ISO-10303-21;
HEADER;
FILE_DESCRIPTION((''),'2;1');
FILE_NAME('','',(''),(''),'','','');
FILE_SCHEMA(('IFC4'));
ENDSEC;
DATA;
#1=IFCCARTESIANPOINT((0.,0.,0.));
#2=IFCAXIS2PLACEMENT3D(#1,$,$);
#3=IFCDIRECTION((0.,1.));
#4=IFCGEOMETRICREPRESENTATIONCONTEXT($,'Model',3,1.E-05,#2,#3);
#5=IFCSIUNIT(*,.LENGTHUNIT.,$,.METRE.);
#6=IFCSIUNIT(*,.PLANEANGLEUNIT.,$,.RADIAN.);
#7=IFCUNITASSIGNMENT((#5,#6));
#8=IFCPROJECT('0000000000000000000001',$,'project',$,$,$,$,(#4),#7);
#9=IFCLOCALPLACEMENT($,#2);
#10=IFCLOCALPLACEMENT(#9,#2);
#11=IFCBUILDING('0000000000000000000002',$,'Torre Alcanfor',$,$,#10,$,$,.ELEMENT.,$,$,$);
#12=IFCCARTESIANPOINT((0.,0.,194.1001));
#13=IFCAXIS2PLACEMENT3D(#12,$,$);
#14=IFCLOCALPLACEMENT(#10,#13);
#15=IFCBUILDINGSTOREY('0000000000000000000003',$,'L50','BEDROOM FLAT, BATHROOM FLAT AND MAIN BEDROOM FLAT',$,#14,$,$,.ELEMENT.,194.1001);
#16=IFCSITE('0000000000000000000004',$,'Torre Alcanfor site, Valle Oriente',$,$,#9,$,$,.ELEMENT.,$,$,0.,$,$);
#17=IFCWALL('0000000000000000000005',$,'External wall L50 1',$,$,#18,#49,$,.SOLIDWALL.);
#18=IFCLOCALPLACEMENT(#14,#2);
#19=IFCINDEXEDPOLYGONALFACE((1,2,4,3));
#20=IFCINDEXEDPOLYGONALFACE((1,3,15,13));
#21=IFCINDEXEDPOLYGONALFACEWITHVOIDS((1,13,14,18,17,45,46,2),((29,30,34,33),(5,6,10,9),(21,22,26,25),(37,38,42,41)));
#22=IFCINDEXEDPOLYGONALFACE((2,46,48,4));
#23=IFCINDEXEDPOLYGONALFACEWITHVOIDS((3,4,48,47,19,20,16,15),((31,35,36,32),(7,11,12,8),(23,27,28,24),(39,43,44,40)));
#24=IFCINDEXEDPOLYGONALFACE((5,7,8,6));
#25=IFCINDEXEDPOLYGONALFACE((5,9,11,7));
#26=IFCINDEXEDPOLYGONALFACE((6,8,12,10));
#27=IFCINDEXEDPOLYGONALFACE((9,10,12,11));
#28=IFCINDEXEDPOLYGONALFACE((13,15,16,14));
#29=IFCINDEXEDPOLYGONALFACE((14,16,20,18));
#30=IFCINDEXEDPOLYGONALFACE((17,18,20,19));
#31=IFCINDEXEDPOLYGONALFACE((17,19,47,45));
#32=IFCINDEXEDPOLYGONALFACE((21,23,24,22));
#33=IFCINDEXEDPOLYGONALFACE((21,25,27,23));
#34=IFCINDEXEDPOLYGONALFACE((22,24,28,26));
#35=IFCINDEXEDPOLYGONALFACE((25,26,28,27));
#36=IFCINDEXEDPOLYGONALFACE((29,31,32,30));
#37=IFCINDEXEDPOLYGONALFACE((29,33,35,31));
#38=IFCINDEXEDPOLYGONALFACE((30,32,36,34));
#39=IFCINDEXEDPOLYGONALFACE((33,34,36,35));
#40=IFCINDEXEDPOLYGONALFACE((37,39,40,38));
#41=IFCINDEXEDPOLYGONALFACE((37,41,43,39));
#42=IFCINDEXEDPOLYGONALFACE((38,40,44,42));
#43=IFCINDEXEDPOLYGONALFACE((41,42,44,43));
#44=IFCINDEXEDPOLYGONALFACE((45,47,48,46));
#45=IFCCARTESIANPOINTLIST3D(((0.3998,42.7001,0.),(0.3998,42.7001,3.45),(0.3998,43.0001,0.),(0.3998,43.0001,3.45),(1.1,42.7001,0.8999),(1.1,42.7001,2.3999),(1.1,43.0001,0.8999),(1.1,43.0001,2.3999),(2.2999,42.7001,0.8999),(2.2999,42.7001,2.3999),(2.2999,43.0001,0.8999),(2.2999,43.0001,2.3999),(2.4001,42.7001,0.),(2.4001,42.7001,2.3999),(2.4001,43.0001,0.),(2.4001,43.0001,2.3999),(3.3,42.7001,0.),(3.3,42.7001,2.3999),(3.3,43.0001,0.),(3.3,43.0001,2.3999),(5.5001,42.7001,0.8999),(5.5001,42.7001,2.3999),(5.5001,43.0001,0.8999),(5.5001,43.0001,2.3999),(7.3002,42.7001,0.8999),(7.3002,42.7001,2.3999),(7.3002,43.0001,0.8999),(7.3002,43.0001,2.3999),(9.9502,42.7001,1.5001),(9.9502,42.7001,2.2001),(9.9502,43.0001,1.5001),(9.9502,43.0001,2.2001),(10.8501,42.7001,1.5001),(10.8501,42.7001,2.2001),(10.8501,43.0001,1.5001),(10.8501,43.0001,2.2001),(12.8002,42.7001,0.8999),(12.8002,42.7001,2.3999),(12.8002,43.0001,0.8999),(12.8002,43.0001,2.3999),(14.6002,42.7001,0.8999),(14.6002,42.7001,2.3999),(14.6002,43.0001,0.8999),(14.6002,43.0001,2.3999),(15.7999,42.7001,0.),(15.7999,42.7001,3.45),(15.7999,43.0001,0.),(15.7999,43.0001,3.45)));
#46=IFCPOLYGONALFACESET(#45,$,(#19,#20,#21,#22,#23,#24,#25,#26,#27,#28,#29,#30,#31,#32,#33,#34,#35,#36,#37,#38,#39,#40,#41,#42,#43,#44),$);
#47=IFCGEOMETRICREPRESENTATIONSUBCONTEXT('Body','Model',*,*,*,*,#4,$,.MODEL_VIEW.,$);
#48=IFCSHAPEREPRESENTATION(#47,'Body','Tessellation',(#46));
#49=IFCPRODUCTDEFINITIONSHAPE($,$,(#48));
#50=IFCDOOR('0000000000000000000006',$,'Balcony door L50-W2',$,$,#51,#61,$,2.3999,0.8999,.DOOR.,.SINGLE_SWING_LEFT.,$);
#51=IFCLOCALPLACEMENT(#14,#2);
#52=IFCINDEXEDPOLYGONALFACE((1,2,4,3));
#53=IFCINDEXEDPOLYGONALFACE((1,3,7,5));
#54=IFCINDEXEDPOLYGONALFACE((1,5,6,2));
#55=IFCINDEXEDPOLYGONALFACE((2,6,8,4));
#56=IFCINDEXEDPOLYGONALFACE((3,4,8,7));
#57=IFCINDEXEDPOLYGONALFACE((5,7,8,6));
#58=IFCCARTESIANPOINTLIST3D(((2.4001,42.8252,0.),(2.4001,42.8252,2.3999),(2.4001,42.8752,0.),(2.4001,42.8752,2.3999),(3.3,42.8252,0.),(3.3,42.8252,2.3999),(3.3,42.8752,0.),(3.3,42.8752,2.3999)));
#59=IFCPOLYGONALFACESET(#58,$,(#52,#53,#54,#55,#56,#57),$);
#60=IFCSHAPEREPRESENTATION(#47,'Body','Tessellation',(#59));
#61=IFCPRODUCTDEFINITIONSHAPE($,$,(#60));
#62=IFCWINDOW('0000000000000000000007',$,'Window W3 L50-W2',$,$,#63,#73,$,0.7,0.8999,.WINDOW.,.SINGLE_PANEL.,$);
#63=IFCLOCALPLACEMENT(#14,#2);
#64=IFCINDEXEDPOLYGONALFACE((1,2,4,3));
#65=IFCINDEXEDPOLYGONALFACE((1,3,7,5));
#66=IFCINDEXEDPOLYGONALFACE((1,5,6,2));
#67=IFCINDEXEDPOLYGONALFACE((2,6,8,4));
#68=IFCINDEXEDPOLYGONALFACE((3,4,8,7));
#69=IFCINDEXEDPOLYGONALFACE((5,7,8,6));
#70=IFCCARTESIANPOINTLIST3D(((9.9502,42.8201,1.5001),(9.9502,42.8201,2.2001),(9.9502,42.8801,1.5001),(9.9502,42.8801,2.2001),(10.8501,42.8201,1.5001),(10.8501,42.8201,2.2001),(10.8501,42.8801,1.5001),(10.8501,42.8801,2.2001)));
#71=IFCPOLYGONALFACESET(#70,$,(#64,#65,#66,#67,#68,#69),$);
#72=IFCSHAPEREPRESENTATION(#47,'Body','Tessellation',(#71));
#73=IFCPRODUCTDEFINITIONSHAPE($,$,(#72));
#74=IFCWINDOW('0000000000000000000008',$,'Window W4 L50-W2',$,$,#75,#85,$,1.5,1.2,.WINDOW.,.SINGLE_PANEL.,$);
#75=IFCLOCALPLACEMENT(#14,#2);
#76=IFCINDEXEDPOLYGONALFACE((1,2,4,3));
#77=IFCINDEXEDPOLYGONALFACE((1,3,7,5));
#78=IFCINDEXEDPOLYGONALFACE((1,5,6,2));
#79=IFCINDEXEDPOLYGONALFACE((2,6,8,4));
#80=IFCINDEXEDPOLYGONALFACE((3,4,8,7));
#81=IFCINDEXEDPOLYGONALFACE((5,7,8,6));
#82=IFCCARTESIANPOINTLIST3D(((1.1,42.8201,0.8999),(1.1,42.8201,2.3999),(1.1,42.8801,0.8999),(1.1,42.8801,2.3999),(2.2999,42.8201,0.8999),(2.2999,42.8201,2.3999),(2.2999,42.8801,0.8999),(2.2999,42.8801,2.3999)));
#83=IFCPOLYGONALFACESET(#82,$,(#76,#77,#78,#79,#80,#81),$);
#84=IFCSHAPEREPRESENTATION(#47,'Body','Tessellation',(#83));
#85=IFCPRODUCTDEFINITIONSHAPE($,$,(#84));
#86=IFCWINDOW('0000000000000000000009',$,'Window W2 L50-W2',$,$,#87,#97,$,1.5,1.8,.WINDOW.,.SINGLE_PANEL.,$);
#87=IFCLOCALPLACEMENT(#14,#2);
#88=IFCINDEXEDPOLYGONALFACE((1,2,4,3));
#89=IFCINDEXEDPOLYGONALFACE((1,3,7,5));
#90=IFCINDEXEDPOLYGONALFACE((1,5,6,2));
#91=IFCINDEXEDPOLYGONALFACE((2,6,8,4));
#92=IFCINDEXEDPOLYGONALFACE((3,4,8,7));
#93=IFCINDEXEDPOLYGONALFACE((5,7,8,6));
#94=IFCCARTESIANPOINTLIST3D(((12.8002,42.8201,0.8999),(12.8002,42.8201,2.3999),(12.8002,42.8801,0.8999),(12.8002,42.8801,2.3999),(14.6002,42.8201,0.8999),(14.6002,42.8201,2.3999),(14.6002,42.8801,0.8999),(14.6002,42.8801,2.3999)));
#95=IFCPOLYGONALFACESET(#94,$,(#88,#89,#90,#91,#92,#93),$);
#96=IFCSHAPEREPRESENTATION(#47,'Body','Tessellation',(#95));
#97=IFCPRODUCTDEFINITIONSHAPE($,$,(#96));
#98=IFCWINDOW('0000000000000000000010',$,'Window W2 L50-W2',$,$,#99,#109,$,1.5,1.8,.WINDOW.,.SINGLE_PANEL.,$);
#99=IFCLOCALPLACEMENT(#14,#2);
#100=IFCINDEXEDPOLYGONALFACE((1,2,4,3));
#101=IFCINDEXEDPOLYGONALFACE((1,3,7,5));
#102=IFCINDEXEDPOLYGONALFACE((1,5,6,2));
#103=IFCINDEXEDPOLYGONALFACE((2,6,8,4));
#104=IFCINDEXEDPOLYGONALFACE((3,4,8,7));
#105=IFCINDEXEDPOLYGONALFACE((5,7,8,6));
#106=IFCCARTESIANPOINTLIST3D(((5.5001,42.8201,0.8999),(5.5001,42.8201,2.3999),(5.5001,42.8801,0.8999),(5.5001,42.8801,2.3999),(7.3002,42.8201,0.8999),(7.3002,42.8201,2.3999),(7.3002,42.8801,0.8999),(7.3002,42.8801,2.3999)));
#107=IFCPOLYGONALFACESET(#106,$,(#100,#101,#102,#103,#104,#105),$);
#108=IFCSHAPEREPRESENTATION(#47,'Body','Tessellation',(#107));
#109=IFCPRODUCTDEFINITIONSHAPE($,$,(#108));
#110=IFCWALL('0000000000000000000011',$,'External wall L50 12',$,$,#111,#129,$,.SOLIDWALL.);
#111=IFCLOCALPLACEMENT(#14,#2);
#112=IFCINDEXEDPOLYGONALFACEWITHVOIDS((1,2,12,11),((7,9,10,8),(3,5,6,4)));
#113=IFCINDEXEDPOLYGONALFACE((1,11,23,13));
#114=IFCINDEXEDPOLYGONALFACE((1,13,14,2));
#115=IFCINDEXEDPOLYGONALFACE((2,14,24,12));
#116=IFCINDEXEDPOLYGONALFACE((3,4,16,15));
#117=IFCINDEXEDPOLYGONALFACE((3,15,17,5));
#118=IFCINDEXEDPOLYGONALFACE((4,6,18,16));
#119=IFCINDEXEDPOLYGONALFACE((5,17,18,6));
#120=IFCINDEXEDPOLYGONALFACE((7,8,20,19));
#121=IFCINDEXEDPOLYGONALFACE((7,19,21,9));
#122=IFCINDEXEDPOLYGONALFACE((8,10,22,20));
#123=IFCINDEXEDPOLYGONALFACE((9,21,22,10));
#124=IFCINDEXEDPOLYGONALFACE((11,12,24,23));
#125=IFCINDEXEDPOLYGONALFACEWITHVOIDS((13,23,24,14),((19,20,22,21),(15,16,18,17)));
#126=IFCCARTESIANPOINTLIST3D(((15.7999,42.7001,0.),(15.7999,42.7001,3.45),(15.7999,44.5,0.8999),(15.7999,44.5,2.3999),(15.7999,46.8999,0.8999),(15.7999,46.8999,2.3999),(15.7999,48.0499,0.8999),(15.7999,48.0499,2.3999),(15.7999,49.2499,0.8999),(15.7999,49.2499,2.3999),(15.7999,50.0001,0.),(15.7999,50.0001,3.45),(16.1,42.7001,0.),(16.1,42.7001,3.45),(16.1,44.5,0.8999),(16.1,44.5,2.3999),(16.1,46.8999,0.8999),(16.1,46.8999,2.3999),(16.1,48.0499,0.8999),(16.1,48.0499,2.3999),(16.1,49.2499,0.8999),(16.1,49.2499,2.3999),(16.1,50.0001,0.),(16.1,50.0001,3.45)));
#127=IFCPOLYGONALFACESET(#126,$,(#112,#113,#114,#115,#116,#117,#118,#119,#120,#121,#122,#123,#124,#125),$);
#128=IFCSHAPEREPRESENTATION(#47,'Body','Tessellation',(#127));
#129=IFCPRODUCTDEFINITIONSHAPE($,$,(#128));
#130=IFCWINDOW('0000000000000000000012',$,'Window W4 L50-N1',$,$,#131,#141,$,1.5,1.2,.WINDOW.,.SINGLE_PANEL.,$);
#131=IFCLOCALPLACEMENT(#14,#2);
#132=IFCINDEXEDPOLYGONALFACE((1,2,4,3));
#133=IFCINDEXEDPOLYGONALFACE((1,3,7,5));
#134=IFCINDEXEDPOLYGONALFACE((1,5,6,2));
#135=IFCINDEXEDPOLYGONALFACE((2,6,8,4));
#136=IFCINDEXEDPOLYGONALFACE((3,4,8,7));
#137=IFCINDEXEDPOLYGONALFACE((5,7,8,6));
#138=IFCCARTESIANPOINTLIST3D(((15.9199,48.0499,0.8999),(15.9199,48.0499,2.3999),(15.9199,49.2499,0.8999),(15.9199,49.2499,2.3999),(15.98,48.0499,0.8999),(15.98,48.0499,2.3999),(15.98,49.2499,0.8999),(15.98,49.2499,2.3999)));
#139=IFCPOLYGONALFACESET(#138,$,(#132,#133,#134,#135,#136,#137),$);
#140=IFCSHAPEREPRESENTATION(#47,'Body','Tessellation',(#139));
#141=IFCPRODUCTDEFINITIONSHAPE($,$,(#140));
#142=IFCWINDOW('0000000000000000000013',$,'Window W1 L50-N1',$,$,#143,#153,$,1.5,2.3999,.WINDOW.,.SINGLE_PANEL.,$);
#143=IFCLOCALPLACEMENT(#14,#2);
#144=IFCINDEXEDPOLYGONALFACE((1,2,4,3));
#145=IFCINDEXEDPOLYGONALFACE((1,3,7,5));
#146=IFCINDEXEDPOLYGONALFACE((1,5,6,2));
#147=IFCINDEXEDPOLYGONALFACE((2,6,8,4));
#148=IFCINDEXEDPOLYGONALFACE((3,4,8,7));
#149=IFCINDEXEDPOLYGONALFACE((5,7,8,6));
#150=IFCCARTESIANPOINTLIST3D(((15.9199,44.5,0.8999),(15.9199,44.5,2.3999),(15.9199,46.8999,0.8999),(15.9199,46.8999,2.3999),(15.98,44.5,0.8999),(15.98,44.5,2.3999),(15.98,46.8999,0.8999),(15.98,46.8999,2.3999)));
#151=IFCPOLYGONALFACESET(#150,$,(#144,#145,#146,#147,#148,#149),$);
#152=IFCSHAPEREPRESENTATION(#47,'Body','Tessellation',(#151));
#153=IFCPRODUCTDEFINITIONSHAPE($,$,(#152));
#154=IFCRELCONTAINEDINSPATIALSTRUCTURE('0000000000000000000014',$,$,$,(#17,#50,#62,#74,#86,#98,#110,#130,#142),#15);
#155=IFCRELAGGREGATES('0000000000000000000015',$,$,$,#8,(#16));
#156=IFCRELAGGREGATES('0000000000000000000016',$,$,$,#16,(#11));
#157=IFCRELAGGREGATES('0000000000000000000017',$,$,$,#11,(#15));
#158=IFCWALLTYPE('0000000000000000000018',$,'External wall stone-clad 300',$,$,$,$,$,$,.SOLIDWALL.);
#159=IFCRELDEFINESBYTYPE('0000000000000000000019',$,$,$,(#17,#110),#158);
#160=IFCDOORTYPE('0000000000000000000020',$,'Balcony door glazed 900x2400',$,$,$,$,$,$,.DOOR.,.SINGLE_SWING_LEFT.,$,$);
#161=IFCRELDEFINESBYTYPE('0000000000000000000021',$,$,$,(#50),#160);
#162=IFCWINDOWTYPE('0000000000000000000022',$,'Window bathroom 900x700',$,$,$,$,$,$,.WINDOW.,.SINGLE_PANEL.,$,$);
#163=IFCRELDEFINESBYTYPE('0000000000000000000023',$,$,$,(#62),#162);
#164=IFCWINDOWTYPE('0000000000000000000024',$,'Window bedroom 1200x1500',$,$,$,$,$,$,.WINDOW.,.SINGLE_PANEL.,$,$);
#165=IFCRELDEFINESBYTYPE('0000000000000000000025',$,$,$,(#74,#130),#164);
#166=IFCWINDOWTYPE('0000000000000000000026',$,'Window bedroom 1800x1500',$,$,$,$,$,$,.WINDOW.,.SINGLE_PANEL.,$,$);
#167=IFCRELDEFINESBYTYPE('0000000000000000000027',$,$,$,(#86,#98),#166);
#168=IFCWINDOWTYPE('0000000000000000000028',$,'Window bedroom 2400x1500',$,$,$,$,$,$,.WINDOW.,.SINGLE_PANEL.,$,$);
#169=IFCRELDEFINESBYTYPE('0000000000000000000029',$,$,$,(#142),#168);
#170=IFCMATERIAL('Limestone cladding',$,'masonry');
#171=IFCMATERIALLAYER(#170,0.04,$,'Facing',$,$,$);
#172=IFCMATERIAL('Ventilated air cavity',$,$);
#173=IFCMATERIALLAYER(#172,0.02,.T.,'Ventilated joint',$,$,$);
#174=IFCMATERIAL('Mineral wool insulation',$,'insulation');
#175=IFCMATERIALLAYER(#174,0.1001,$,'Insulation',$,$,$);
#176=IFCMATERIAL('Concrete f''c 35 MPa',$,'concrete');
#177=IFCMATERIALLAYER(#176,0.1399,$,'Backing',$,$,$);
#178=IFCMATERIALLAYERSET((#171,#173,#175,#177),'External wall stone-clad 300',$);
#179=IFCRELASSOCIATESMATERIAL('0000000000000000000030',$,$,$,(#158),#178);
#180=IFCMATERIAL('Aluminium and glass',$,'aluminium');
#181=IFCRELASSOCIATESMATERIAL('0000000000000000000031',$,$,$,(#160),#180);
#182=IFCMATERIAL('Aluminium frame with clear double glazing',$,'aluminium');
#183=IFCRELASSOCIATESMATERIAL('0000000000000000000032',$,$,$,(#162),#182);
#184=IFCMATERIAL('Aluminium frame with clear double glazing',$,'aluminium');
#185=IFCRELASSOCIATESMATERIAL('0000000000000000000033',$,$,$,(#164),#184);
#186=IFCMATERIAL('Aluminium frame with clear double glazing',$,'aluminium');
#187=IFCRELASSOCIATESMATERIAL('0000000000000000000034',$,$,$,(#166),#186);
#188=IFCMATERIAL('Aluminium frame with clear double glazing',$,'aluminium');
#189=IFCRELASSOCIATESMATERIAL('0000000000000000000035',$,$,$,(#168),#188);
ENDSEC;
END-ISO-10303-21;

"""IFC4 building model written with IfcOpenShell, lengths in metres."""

from ifc_helpers import new_model, si_unit, direction, frame, frame_2d, origin, place, context, subcontext, project, spatial, rectangle, extrude, material, layer, layer_set, type_object, element, fill, save


model = new_model("IFC4")

# Units and contexts
model_context = context("Model", 3, precision=1e-05, world=origin(), true_north=direction((0.0, 1.0)))
body_context = subcontext(model_context, "Body", "Model", "MODEL_VIEW")
ifc_project = project(units=[si_unit("LENGTHUNIT", "METRE"), si_unit("PLANEANGLEUNIT", "RADIAN")], contexts=[model_context])

# Site, building, storey
site_placement = place(None, origin())
site = spatial("IfcSite", under=ifc_project, at=site_placement, Name="Torre Alcanfor site, Valle Oriente", CompositionType="ELEMENT", RefElevation=0.0)
building_placement = place(site_placement, origin())
building = spatial("IfcBuilding", under=site, at=building_placement, Name="Torre Alcanfor", CompositionType="ELEMENT")
storey_placement = place(building_placement, frame((0.0, 0.0, 194.1001)))
storey = spatial("IfcBuildingStorey", under=building, at=storey_placement, Name="L50", Description="BEDROOM FLAT, BATHROOM FLAT AND MAIN BEDROOM FLAT", CompositionType="ELEMENT", Elevation=194.1001)

# Wall, openings, door, windows
ifc_material_1 = material(Name="Limestone cladding", Category="masonry")
ifc_layer_1 = layer(ifc_material_1, 0.04, Name="Facing")
ifc_material_2 = material(Name="Ventilated air cavity")
ifc_layer_2 = layer(ifc_material_2, 0.02, ventilated=True, Name="Ventilated joint")
ifc_material_3 = material(Name="Mineral wool insulation", Category="insulation")
ifc_layer_3 = layer(ifc_material_3, 0.1001, Name="Insulation")
ifc_material_4 = material(Name="Concrete f'c 35 MPa", Category="concrete")
ifc_layer_4 = layer(ifc_material_4, 0.1399, Name="Backing")
ifc_layer_set_1 = layer_set([ifc_layer_1, ifc_layer_2, ifc_layer_3, ifc_layer_4], Name="External wall stone-clad 300")
wall_type_1 = type_object("IfcWallType", Name="External wall stone-clad 300", PredefinedType="SOLIDWALL", material=ifc_layer_set_1)
wall_1_placement = place(storey_placement, frame((15.8, 42.8501, 0.0), z_axis=(0.0, 0.0, 1.0), x_axis=(-1.0, 0.0, 0.0)))
wall_1 = element("IfcWall", 1, at=wall_1_placement, inside=storey, type_object=wall_type_1, Name="External wall L50 1", PredefinedType="SOLIDWALL", context=body_context, shape_type="SweptSolid", body=[
    extrude(rectangle(XDim=15.4001, YDim=0.3, at=frame_2d((7.7002, 0.0))), origin(), (0.0, 0.0, 1.0), 3.45),
])
opening_1_placement = place(wall_1_placement, frame((1.2, 0.0, 0.8999)))
opening_1 = element("IfcOpeningElement", 2, at=opening_1_placement, cuts=wall_1, PredefinedType="OPENING", context=body_context, shape_type="SweptSolid", body=[
    extrude(rectangle(XDim=1.8, YDim=1.5, at=frame_2d((0.8999, 0.75))), frame((0.0, 0.1599, 0.0), z_axis=(0.0, -1.0, 0.0), x_axis=(1.0, 0.0, 0.0)), (0.0, 0.0, 1.0), 0.3201),
])
opening_2_placement = place(wall_1_placement, frame((4.95, 0.0, 1.5)))
opening_2 = element("IfcOpeningElement", 3, at=opening_2_placement, cuts=wall_1, PredefinedType="OPENING", context=body_context, shape_type="SweptSolid", body=[
    extrude(rectangle(XDim=0.8999, YDim=0.7, at=frame_2d((0.45, 0.3501))), frame((0.0, 0.1599, 0.0), z_axis=(0.0, -1.0, 0.0), x_axis=(1.0, 0.0, 0.0)), (0.0, 0.0, 1.0), 0.3201),
])
opening_3_placement = place(wall_1_placement, frame((8.5, 0.0, 0.8999)))
opening_3 = element("IfcOpeningElement", 4, at=opening_3_placement, cuts=wall_1, PredefinedType="OPENING", context=body_context, shape_type="SweptSolid", body=[
    extrude(rectangle(XDim=1.8, YDim=1.5, at=frame_2d((0.8999, 0.75))), frame((0.0, 0.1599, 0.0), z_axis=(0.0, -1.0, 0.0), x_axis=(1.0, 0.0, 0.0)), (0.0, 0.0, 1.0), 0.3201),
])
opening_4_placement = place(wall_1_placement, frame((12.5, 0.0, 0.0)))
opening_4 = element("IfcOpeningElement", 5, at=opening_4_placement, cuts=wall_1, PredefinedType="OPENING", context=body_context, shape_type="SweptSolid", body=[
    extrude(rectangle(XDim=0.8999, YDim=2.3999, at=frame_2d((0.45, 1.2))), frame((0.0, 0.1599, 0.0), z_axis=(0.0, -1.0, 0.0), x_axis=(1.0, 0.0, 0.0)), (0.0, 0.0, 1.0), 0.3201),
])
opening_5_placement = place(wall_1_placement, frame((13.5, 0.0, 0.8999)))
opening_5 = element("IfcOpeningElement", 6, at=opening_5_placement, cuts=wall_1, PredefinedType="OPENING", context=body_context, shape_type="SweptSolid", body=[
    extrude(rectangle(XDim=1.2, YDim=1.5, at=frame_2d((0.6001, 0.75))), frame((0.0, 0.1599, 0.0), z_axis=(0.0, -1.0, 0.0), x_axis=(1.0, 0.0, 0.0)), (0.0, 0.0, 1.0), 0.3201),
])
ifc_material_5 = material(Name="Aluminium and glass", Category="aluminium")
door_type = type_object("IfcDoorType", Name="Balcony door glazed 900x2400", OperationType="SINGLE_SWING_LEFT", PredefinedType="DOOR", material=ifc_material_5)
door_placement = place(opening_4_placement, origin())
door = element("IfcDoor", 7, at=door_placement, inside=storey, type_object=door_type, Name="Balcony door L50-W2", OperationType="SINGLE_SWING_LEFT", OverallHeight=2.3999, OverallWidth=0.8999, PredefinedType="DOOR", context=body_context, shape_type="SweptSolid", body=[
    extrude(rectangle(XDim=0.8999, YDim=2.3999, at=frame_2d((0.45, 1.2))), frame((0.0, 0.0249, 0.0), z_axis=(0.0, -1.0, 0.0), x_axis=(1.0, 0.0, 0.0)), (0.0, 0.0, 1.0), 0.05),
])
fill(opening_4, door)
ifc_material_6 = material(Name="Aluminium frame with clear double glazing", Category="aluminium")
window_type_1 = type_object("IfcWindowType", Name="Window bathroom 900x700", PartitioningType="SINGLE_PANEL", PredefinedType="WINDOW", material=ifc_material_6)
window_1_placement = place(opening_2_placement, origin())
window_1 = element("IfcWindow", 8, at=window_1_placement, inside=storey, type_object=window_type_1, Name="Window W3 L50-W2", OverallHeight=0.7, OverallWidth=0.8999, PartitioningType="SINGLE_PANEL", PredefinedType="WINDOW", context=body_context, shape_type="SweptSolid", body=[
    extrude(rectangle(XDim=0.8999, YDim=0.7, at=frame_2d((0.45, 0.3501))), frame((0.0, 0.03, 0.0), z_axis=(0.0, -1.0, 0.0), x_axis=(1.0, 0.0, 0.0)), (0.0, 0.0, 1.0), 0.0601),
])
fill(opening_2, window_1)
ifc_material_7 = material(Name="Aluminium frame with clear double glazing", Category="aluminium")
window_type_2 = type_object("IfcWindowType", Name="Window bedroom 1200x1500", PartitioningType="SINGLE_PANEL", PredefinedType="WINDOW", material=ifc_material_7)
window_2_placement = place(opening_5_placement, origin())
window_2 = element("IfcWindow", 9, at=window_2_placement, inside=storey, type_object=window_type_2, Name="Window W4 L50-W2", OverallHeight=1.5, OverallWidth=1.2, PartitioningType="SINGLE_PANEL", PredefinedType="WINDOW", context=body_context, shape_type="SweptSolid", body=[
    extrude(rectangle(XDim=1.2, YDim=1.5, at=frame_2d((0.6001, 0.75))), frame((0.0, 0.03, 0.0), z_axis=(0.0, -1.0, 0.0), x_axis=(1.0, 0.0, 0.0)), (0.0, 0.0, 1.0), 0.0601),
])
fill(opening_5, window_2)
ifc_material_8 = material(Name="Aluminium frame with clear double glazing", Category="aluminium")
window_type_3 = type_object("IfcWindowType", Name="Window bedroom 1800x1500", PartitioningType="SINGLE_PANEL", PredefinedType="WINDOW", material=ifc_material_8)
window_3_placement = place(opening_1_placement, origin())
window_3 = element("IfcWindow", 10, at=window_3_placement, inside=storey, type_object=window_type_3, Name="Window W2 L50-W2", OverallHeight=1.5, OverallWidth=1.8, PartitioningType="SINGLE_PANEL", PredefinedType="WINDOW", context=body_context, shape_type="SweptSolid", body=[
    extrude(rectangle(XDim=1.8, YDim=1.5, at=frame_2d((0.8999, 0.75))), frame((0.0, 0.03, 0.0), z_axis=(0.0, -1.0, 0.0), x_axis=(1.0, 0.0, 0.0)), (0.0, 0.0, 1.0), 0.0601),
])
fill(opening_1, window_3)
window_4_placement = place(opening_3_placement, origin())
window_4 = element("IfcWindow", 11, at=window_4_placement, inside=storey, type_object=window_type_3, Name="Window W2 L50-W2", OverallHeight=1.5, OverallWidth=1.8, PartitioningType="SINGLE_PANEL", PredefinedType="WINDOW", context=body_context, shape_type="SweptSolid", body=[
    extrude(rectangle(XDim=1.8, YDim=1.5, at=frame_2d((0.8999, 0.75))), frame((0.0, 0.03, 0.0), z_axis=(0.0, -1.0, 0.0), x_axis=(1.0, 0.0, 0.0)), (0.0, 0.0, 1.0), 0.0601),
])
fill(opening_3, window_4)

# Wall, openings, windows
wall_2_placement = place(storey_placement, frame((15.95, 50.0, 0.0), z_axis=(0.0, 0.0, 1.0), x_axis=(0.0, -1.0, 0.0)))
wall_2 = element("IfcWall", 12, at=wall_2_placement, inside=storey, type_object=wall_type_1, Name="External wall L50 12", PredefinedType="SOLIDWALL", context=body_context, shape_type="SweptSolid", body=[
    extrude(rectangle(XDim=7.3, YDim=0.3, at=frame_2d((3.6499, 0.0))), origin(), (0.0, 0.0, 1.0), 3.45),
])
opening_6_placement = place(wall_2_placement, frame((3.1001, 0.0, 0.8999)))
opening_6 = element("IfcOpeningElement", 13, at=opening_6_placement, cuts=wall_2, PredefinedType="OPENING", context=body_context, shape_type="SweptSolid", body=[
    extrude(rectangle(XDim=2.3999, YDim=1.5, at=frame_2d((1.2, 0.75))), frame((0.0, 0.1599, 0.0), z_axis=(0.0, -1.0, 0.0), x_axis=(1.0, 0.0, 0.0)), (0.0, 0.0, 1.0), 0.3201),
])
opening_7_placement = place(wall_2_placement, frame((0.75, 0.0, 0.8999)))
opening_7 = element("IfcOpeningElement", 14, at=opening_7_placement, cuts=wall_2, PredefinedType="OPENING", context=body_context, shape_type="SweptSolid", body=[
    extrude(rectangle(XDim=1.2, YDim=1.5, at=frame_2d((0.6001, 0.75))), frame((0.0, 0.1599, 0.0), z_axis=(0.0, -1.0, 0.0), x_axis=(1.0, 0.0, 0.0)), (0.0, 0.0, 1.0), 0.3201),
])
window_5_placement = place(opening_7_placement, origin())
window_5 = element("IfcWindow", 15, at=window_5_placement, inside=storey, type_object=window_type_2, Name="Window W4 L50-N1", OverallHeight=1.5, OverallWidth=1.2, PartitioningType="SINGLE_PANEL", PredefinedType="WINDOW", context=body_context, shape_type="SweptSolid", body=[
    extrude(rectangle(XDim=1.2, YDim=1.5, at=frame_2d((0.6001, 0.75))), frame((0.0, 0.03, 0.0), z_axis=(0.0, -1.0, 0.0), x_axis=(1.0, 0.0, 0.0)), (0.0, 0.0, 1.0), 0.0601),
])
fill(opening_7, window_5)
ifc_material_9 = material(Name="Aluminium frame with clear double glazing", Category="aluminium")
window_type_4 = type_object("IfcWindowType", Name="Window bedroom 2400x1500", PartitioningType="SINGLE_PANEL", PredefinedType="WINDOW", material=ifc_material_9)
window_6_placement = place(opening_6_placement, origin())
window_6 = element("IfcWindow", 16, at=window_6_placement, inside=storey, type_object=window_type_4, Name="Window W1 L50-N1", OverallHeight=1.5, OverallWidth=2.3999, PartitioningType="SINGLE_PANEL", PredefinedType="WINDOW", context=body_context, shape_type="SweptSolid", body=[
    extrude(rectangle(XDim=2.3999, YDim=1.5, at=frame_2d((1.2, 0.75))), frame((0.0, 0.03, 0.0), z_axis=(0.0, -1.0, 0.0), x_axis=(1.0, 0.0, 0.0)), (0.0, 0.0, 1.0), 0.0601),
])
fill(opening_6, window_6)

save(model, "model.ifc")
